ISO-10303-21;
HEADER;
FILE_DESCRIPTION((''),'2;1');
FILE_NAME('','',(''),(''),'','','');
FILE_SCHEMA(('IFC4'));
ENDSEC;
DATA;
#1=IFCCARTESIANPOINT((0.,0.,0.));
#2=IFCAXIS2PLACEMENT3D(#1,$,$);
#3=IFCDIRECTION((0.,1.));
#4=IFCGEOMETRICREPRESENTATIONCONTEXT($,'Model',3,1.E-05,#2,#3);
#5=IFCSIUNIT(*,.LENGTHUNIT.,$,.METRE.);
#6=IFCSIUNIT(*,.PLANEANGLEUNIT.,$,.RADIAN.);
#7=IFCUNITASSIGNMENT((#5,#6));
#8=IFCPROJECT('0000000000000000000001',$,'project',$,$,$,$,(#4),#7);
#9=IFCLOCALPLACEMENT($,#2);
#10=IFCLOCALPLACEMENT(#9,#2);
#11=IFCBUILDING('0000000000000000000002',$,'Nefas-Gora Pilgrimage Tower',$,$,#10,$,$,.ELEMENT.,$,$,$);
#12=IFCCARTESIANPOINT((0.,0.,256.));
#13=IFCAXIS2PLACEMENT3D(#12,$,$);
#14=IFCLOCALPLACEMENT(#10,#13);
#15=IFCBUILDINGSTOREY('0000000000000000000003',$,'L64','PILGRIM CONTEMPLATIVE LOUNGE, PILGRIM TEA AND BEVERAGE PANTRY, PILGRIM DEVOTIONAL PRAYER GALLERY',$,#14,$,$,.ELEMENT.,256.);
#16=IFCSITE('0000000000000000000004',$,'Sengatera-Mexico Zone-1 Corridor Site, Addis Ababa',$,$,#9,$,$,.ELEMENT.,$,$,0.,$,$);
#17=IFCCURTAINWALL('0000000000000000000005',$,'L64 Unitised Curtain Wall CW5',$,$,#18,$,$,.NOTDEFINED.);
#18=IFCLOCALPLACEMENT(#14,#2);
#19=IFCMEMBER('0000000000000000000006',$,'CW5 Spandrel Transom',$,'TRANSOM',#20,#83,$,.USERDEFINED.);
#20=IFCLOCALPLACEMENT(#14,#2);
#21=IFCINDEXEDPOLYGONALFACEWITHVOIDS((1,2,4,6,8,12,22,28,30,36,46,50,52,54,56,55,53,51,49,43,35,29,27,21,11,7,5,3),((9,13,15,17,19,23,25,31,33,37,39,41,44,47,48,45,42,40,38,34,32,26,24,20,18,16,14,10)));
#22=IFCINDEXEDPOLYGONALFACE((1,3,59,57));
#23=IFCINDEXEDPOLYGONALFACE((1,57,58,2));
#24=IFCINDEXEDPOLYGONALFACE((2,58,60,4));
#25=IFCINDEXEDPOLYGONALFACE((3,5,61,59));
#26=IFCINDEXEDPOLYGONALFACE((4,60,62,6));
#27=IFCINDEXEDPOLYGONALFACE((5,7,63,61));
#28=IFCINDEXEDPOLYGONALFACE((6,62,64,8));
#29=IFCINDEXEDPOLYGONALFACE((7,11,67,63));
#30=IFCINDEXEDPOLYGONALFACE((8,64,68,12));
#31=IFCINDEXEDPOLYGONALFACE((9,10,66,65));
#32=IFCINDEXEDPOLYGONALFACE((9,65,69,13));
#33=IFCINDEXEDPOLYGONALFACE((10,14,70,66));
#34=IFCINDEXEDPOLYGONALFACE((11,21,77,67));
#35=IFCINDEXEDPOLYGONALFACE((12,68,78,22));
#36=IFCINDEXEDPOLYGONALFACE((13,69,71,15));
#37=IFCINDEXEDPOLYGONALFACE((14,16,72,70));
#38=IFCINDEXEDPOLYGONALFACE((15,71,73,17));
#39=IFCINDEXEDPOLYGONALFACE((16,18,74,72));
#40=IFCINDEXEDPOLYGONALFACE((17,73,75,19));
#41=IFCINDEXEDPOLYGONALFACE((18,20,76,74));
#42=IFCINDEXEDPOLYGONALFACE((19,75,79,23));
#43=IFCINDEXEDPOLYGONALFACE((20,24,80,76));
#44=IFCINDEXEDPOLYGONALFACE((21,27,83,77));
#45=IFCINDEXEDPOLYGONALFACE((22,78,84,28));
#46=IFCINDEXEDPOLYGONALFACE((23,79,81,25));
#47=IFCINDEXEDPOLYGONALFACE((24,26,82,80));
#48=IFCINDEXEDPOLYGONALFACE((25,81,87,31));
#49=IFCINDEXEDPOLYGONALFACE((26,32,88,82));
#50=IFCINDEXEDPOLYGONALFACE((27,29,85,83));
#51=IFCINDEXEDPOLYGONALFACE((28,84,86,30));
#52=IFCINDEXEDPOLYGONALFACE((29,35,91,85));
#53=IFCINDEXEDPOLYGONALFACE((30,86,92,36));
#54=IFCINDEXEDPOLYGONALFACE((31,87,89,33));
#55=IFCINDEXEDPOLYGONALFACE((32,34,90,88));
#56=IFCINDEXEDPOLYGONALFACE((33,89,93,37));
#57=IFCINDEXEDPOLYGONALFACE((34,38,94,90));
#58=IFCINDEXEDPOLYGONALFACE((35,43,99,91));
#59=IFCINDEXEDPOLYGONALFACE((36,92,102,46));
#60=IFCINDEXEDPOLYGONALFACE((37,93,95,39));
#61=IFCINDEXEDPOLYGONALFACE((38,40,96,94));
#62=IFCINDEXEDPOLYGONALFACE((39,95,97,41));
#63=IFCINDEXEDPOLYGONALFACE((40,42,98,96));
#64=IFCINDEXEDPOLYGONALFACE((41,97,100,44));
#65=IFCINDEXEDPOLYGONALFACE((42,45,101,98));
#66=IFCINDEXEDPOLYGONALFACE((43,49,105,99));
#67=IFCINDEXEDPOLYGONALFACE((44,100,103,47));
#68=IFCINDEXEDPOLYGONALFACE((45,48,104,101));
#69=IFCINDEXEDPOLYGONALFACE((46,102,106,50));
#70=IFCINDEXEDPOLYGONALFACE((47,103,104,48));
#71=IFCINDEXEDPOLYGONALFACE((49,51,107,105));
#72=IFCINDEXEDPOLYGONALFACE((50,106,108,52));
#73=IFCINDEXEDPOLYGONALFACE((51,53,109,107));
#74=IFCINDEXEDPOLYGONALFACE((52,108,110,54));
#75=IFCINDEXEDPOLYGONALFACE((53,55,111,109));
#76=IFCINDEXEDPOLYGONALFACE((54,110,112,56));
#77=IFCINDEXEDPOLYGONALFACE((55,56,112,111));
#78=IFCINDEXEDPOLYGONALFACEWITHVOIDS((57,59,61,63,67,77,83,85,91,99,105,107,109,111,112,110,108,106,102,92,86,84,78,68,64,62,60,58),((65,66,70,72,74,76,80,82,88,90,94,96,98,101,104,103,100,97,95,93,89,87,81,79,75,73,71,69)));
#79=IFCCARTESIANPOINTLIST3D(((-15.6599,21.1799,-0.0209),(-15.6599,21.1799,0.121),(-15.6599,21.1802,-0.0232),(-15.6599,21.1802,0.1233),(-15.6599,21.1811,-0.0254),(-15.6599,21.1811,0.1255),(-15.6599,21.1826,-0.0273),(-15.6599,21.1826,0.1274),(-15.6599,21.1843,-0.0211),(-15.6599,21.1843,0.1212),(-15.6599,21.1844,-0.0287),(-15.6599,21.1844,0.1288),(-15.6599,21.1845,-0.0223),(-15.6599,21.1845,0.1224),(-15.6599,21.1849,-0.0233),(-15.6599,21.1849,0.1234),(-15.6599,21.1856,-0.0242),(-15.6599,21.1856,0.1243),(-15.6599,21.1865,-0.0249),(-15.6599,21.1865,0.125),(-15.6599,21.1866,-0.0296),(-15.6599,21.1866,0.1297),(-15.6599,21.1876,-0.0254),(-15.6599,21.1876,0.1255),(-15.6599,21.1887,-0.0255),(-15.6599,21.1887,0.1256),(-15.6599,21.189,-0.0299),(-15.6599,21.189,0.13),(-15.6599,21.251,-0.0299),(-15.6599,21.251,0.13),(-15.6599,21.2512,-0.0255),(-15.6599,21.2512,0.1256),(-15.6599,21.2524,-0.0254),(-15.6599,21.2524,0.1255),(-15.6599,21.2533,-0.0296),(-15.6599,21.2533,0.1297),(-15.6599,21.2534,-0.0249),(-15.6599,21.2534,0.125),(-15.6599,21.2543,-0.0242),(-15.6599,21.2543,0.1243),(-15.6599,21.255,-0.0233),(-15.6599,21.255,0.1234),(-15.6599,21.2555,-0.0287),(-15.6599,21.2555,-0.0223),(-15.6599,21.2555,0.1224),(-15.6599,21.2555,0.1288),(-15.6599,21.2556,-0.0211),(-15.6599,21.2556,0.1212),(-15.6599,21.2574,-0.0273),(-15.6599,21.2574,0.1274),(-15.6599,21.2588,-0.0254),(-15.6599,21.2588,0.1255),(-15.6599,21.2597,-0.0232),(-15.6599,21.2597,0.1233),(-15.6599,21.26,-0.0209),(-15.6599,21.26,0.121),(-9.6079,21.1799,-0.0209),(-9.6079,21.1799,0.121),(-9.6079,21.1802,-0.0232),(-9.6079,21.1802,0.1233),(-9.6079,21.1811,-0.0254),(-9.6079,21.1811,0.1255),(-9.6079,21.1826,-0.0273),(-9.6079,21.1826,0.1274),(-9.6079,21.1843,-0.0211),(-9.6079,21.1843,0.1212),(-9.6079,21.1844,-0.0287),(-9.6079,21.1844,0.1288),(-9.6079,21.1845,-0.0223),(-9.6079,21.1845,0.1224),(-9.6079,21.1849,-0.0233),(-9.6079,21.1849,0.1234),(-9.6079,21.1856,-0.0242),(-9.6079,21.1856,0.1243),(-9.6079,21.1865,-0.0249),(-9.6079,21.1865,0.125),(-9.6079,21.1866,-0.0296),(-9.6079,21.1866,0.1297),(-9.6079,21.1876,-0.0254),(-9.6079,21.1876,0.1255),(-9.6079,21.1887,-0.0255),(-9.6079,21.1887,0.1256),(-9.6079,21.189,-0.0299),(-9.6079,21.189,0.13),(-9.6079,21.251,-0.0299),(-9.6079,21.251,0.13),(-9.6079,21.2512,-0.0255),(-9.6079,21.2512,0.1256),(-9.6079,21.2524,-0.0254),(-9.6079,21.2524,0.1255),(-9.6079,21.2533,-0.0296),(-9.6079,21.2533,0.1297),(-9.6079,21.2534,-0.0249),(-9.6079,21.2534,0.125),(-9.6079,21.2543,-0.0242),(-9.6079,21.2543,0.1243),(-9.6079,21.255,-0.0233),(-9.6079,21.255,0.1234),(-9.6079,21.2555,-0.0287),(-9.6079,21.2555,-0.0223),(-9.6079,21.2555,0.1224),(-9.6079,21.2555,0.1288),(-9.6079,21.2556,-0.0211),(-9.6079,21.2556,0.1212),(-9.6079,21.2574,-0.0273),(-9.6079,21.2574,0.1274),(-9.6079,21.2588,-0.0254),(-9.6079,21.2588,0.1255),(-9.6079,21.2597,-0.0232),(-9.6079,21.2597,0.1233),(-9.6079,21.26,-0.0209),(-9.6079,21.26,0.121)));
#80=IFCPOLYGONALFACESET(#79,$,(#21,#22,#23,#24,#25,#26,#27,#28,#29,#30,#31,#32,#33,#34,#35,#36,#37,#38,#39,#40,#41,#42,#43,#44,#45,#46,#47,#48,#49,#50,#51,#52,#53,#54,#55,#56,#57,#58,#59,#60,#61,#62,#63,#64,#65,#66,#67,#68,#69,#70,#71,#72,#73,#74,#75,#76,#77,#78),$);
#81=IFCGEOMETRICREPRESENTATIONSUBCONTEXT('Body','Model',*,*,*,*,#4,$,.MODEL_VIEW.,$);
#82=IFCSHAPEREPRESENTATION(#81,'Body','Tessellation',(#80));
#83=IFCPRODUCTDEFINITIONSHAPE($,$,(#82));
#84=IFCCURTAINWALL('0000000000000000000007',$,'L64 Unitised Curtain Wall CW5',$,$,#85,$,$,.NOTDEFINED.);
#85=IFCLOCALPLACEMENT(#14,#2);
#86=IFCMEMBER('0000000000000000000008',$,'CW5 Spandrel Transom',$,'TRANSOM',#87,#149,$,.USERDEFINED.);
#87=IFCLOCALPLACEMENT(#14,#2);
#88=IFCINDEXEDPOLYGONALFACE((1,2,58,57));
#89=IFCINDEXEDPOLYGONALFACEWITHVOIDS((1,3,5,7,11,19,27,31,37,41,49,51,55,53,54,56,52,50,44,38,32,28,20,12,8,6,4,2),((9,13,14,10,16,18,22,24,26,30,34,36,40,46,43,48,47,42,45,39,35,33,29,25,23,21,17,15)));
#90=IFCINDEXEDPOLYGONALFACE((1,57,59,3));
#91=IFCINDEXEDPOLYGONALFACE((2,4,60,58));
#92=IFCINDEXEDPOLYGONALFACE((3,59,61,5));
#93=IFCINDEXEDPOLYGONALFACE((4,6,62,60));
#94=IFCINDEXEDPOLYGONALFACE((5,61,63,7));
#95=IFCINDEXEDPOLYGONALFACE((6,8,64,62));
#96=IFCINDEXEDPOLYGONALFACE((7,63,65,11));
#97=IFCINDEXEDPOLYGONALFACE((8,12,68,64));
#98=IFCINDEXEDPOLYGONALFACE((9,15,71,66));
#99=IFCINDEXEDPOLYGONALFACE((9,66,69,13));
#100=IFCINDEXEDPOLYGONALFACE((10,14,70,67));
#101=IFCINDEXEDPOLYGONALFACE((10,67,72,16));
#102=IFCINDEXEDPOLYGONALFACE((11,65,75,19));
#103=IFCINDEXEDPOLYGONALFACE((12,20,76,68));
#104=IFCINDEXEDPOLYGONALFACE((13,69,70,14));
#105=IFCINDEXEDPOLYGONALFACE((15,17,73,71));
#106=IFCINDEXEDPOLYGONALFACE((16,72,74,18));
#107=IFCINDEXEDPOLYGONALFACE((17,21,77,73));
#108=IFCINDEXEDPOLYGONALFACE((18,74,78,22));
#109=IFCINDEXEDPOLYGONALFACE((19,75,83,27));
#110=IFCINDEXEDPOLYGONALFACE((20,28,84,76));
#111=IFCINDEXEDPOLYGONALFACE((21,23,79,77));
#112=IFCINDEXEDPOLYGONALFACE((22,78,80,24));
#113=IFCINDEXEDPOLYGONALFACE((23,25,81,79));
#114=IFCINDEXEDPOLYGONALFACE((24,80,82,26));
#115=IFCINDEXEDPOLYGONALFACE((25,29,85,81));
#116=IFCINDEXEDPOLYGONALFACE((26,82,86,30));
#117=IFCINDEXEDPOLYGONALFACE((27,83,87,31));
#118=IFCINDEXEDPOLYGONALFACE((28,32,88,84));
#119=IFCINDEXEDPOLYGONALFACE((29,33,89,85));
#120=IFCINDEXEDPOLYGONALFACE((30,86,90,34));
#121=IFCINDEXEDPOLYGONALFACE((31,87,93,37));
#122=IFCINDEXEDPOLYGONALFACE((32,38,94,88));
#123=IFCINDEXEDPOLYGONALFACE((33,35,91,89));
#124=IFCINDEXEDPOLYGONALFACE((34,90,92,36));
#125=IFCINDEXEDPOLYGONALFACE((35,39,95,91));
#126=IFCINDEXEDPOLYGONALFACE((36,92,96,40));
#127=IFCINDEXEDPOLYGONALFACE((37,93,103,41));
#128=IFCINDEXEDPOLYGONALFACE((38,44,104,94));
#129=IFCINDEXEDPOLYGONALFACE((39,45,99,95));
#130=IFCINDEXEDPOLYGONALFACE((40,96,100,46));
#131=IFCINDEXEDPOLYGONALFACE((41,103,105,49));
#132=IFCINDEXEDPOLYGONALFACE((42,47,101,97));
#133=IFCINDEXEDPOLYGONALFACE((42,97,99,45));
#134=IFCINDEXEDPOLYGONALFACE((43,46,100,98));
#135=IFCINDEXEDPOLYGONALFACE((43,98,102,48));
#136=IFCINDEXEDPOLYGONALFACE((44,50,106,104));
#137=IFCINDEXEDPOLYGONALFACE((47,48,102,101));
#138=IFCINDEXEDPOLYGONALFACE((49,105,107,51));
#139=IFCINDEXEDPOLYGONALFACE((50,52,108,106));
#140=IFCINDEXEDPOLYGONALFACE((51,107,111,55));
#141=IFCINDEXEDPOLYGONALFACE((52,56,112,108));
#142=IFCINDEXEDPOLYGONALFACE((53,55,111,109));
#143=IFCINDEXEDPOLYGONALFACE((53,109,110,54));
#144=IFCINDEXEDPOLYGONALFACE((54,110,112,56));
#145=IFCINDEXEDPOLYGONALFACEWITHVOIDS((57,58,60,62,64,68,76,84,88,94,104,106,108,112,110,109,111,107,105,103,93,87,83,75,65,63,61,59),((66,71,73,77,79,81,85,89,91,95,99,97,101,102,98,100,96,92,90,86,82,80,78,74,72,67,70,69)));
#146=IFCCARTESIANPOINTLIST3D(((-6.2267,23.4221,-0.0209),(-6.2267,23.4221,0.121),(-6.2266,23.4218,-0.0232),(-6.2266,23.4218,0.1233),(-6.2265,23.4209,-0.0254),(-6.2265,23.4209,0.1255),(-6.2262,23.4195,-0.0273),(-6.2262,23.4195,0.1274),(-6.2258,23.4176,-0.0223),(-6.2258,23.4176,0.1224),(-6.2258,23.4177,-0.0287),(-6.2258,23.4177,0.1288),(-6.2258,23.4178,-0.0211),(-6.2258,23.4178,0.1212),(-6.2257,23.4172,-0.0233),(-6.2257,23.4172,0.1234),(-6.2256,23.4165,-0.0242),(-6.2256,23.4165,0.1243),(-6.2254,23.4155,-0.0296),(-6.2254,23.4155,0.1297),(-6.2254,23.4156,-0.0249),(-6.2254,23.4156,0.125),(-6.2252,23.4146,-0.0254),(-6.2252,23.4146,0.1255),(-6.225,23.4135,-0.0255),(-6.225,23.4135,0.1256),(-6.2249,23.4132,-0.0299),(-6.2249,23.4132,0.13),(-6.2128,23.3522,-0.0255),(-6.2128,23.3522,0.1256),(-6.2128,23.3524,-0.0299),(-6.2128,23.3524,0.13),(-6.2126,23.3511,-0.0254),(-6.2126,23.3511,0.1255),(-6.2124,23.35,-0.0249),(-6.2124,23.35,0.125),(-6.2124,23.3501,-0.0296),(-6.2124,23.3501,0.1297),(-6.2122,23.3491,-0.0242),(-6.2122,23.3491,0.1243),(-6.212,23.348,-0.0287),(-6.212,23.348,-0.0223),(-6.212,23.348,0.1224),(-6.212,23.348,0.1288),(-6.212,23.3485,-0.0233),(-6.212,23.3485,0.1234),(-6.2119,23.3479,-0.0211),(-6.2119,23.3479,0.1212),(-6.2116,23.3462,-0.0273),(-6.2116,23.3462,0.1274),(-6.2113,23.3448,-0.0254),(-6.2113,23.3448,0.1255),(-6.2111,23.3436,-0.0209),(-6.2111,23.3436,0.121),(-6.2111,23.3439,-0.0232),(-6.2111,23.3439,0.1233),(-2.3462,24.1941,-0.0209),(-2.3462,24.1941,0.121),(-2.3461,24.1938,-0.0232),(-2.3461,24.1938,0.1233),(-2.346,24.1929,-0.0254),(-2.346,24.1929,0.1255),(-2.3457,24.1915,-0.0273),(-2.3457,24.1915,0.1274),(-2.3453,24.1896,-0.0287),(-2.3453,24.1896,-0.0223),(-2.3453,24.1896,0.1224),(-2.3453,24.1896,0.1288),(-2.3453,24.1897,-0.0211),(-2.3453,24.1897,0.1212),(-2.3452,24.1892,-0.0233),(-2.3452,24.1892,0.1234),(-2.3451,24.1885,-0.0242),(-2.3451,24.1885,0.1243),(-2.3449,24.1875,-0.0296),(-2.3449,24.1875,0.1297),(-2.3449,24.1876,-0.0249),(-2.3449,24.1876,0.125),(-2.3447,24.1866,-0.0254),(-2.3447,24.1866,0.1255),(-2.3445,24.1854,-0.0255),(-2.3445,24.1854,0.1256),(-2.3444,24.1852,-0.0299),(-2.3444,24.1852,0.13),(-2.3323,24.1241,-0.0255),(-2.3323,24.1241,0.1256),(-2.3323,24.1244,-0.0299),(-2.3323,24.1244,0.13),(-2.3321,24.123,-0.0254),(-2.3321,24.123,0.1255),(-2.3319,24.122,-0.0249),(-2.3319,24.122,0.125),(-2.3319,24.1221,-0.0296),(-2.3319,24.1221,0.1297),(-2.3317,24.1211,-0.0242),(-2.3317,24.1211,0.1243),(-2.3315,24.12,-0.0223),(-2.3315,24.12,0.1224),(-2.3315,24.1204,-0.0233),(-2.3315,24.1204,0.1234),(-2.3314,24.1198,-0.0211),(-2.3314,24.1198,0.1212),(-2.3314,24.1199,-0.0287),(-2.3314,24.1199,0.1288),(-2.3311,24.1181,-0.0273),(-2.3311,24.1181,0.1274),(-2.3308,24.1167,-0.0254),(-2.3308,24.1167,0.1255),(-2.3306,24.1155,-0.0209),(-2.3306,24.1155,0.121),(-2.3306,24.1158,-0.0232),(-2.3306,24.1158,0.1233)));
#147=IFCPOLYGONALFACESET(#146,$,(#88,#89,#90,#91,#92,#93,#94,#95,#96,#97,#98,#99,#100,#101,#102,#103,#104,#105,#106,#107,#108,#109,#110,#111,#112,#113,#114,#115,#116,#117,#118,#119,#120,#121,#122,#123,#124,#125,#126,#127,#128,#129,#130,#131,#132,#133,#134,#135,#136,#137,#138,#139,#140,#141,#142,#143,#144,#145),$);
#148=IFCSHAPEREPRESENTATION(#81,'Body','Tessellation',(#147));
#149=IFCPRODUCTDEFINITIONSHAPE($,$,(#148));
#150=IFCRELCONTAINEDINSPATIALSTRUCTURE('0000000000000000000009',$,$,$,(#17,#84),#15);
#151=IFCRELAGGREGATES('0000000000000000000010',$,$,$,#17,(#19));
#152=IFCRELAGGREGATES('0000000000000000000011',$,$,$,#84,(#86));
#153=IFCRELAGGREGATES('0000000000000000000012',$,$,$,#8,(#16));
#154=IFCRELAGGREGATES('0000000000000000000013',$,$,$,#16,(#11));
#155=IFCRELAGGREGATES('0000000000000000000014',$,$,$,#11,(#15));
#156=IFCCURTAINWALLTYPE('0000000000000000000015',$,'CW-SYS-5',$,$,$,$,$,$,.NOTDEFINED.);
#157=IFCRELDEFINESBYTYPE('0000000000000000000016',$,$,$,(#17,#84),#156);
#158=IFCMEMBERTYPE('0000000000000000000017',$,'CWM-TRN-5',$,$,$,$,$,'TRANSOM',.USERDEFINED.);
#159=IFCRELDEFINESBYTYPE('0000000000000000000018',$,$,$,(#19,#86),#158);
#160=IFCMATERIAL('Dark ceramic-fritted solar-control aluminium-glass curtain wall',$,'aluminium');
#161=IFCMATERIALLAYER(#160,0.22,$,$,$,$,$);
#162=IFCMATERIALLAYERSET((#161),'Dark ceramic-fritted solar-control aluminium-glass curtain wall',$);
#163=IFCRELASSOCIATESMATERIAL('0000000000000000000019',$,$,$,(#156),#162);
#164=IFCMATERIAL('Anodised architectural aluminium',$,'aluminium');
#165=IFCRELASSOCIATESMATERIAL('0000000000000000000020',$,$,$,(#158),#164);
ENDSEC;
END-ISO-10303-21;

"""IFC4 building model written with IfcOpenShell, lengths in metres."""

from ifc_helpers import new_model, si_unit, direction, frame, origin, origin_2d, place, context, subcontext, project, spatial, hollow_rectangle, extrude, source, transform, mapped, material, layer, layer_set, material_profile, profile_set, type_object, element, aggregate, save


model = new_model("IFC4")

# Units and contexts
model_context = context("Model", 3, precision=1e-05, world=origin(), true_north=direction((0.0, 1.0)))
body_context = subcontext(model_context, "Body", "Model", "MODEL_VIEW")
ifc_project = project(units=[si_unit("LENGTHUNIT", "METRE"), si_unit("PLANEANGLEUNIT", "RADIAN")], contexts=[model_context])

# Site, building, storey
site_placement = place(None, origin())
site = spatial("IfcSite", under=ifc_project, at=site_placement, Name="Sengatera-Mexico Zone-1 Corridor Site, Addis Ababa", CompositionType="ELEMENT", RefElevation=0.0)
building_placement = place(site_placement, origin())
building = spatial("IfcBuilding", under=site, at=building_placement, Name="Nefas-Gora Pilgrimage Tower", CompositionType="ELEMENT")
storey_placement = place(building_placement, frame((0.0, 0.0, 256.0)))
storey = spatial("IfcBuildingStorey", under=building, at=storey_placement, Name="L64", Description="PILGRIM CONTEMPLATIVE LOUNGE, PILGRIM TEA AND BEVERAGE PANTRY, PILGRIM DEVOTIONAL PRAYER GALLERY", CompositionType="ELEMENT", Elevation=256.0)

# Curtain wall, member
ifc_material_1 = material(Name="Dark ceramic-fritted solar-control aluminium-glass curtain wall", Category="aluminium")
ifc_layer_1 = layer(ifc_material_1, 0.22)
ifc_layer_set_1 = layer_set([ifc_layer_1], Name="Dark ceramic-fritted solar-control aluminium-glass curtain wall")
curtain_wall_type = type_object("IfcCurtainWallType", Name="CW-SYS-5", PredefinedType="NOTDEFINED", material=ifc_layer_set_1)
curtain_wall_1_placement = place(storey_placement, origin())
curtain_wall_1 = element("IfcCurtainWall", 1, at=curtain_wall_1_placement, inside=storey, type_object=curtain_wall_type, Name="L64 Unitised Curtain Wall CW5", PredefinedType="NOTDEFINED")
ifc_material_2 = material(Name="Anodised architectural aluminium", Category="aluminium")
ifc_material_profile_1 = material_profile(ifc_material_2, hollow_rectangle(XDim=0.0801, YDim=0.1599, WallThickness=0.0044, InnerFilletRadius=0.0044, OuterFilletRadius=0.009, at=origin_2d()), Name="ALU TRANSOM 80x160")
ifc_profile_set_1 = profile_set([ifc_material_profile_1], Name="Anodised architectural aluminium")
member_type_1 = type_object("IfcMemberType", Name="CWM-TRN-5", ElementType="TRANSOM", PredefinedType="USERDEFINED", material=ifc_profile_set_1)
shared_shape_1 = source(origin(), body_context, "Body", "SweptSolid", [
    extrude(hollow_rectangle(XDim=0.0801, YDim=0.1599, WallThickness=0.0044, InnerFilletRadius=0.0044, OuterFilletRadius=0.009, at=origin_2d()), origin(), (0.0, 0.0, 1.0), 6.052),
])
member_1_placement = place(storey_placement, frame((-9.6079, 21.22, 0.05), z_axis=(-1.0, 0.0, 0.0), x_axis=(0.0, -1.0, 0.0)))
member_1 = element("IfcMember", 2, at=member_1_placement, type_object=member_type_1, Name="CW5 Spandrel Transom", ObjectType="TRANSOM", PredefinedType="USERDEFINED", context=body_context, shape_type="MappedRepresentation", body=[
    mapped(shared_shape_1, transform((0.0, 0.0, 0.0), x_axis=(1.0, 0.0, 0.0), y_axis=(0.0, 1.0, 0.0), z_axis=(0.0, 0.0, 1.0), scale=1.0)),
])

# Curtain wall, member
curtain_wall_2_placement = place(storey_placement, origin())
curtain_wall_2 = element("IfcCurtainWall", 3, at=curtain_wall_2_placement, inside=storey, type_object=curtain_wall_type, Name="L64 Unitised Curtain Wall CW5", PredefinedType="NOTDEFINED")
shared_shape_2 = source(origin(), body_context, "Body", "SweptSolid", [
    extrude(hollow_rectangle(XDim=0.0801, YDim=0.1599, WallThickness=0.0044, InnerFilletRadius=0.0044, OuterFilletRadius=0.009, at=origin_2d()), origin(), (0.0, 0.0, 1.0), 3.9565),
])
member_2_placement = place(storey_placement, frame((-2.3384, 24.1548, 0.05), z_axis=(-0.980782, -0.195107, 0.0), x_axis=(0.195107, -0.980782, 0.0)))
member_2 = element("IfcMember", 4, at=member_2_placement, type_object=member_type_1, Name="CW5 Spandrel Transom", ObjectType="TRANSOM", PredefinedType="USERDEFINED", context=body_context, shape_type="MappedRepresentation", body=[
    mapped(shared_shape_2, transform((0.0, 0.0, 0.0), x_axis=(1.0, 0.0, 0.0), y_axis=(0.0, 1.0, 0.0), z_axis=(0.0, 0.0, 1.0), scale=1.0)),
])

aggregate(curtain_wall_1, [member_1])

aggregate(curtain_wall_2, [member_2])

save(model, "model.ifc")
